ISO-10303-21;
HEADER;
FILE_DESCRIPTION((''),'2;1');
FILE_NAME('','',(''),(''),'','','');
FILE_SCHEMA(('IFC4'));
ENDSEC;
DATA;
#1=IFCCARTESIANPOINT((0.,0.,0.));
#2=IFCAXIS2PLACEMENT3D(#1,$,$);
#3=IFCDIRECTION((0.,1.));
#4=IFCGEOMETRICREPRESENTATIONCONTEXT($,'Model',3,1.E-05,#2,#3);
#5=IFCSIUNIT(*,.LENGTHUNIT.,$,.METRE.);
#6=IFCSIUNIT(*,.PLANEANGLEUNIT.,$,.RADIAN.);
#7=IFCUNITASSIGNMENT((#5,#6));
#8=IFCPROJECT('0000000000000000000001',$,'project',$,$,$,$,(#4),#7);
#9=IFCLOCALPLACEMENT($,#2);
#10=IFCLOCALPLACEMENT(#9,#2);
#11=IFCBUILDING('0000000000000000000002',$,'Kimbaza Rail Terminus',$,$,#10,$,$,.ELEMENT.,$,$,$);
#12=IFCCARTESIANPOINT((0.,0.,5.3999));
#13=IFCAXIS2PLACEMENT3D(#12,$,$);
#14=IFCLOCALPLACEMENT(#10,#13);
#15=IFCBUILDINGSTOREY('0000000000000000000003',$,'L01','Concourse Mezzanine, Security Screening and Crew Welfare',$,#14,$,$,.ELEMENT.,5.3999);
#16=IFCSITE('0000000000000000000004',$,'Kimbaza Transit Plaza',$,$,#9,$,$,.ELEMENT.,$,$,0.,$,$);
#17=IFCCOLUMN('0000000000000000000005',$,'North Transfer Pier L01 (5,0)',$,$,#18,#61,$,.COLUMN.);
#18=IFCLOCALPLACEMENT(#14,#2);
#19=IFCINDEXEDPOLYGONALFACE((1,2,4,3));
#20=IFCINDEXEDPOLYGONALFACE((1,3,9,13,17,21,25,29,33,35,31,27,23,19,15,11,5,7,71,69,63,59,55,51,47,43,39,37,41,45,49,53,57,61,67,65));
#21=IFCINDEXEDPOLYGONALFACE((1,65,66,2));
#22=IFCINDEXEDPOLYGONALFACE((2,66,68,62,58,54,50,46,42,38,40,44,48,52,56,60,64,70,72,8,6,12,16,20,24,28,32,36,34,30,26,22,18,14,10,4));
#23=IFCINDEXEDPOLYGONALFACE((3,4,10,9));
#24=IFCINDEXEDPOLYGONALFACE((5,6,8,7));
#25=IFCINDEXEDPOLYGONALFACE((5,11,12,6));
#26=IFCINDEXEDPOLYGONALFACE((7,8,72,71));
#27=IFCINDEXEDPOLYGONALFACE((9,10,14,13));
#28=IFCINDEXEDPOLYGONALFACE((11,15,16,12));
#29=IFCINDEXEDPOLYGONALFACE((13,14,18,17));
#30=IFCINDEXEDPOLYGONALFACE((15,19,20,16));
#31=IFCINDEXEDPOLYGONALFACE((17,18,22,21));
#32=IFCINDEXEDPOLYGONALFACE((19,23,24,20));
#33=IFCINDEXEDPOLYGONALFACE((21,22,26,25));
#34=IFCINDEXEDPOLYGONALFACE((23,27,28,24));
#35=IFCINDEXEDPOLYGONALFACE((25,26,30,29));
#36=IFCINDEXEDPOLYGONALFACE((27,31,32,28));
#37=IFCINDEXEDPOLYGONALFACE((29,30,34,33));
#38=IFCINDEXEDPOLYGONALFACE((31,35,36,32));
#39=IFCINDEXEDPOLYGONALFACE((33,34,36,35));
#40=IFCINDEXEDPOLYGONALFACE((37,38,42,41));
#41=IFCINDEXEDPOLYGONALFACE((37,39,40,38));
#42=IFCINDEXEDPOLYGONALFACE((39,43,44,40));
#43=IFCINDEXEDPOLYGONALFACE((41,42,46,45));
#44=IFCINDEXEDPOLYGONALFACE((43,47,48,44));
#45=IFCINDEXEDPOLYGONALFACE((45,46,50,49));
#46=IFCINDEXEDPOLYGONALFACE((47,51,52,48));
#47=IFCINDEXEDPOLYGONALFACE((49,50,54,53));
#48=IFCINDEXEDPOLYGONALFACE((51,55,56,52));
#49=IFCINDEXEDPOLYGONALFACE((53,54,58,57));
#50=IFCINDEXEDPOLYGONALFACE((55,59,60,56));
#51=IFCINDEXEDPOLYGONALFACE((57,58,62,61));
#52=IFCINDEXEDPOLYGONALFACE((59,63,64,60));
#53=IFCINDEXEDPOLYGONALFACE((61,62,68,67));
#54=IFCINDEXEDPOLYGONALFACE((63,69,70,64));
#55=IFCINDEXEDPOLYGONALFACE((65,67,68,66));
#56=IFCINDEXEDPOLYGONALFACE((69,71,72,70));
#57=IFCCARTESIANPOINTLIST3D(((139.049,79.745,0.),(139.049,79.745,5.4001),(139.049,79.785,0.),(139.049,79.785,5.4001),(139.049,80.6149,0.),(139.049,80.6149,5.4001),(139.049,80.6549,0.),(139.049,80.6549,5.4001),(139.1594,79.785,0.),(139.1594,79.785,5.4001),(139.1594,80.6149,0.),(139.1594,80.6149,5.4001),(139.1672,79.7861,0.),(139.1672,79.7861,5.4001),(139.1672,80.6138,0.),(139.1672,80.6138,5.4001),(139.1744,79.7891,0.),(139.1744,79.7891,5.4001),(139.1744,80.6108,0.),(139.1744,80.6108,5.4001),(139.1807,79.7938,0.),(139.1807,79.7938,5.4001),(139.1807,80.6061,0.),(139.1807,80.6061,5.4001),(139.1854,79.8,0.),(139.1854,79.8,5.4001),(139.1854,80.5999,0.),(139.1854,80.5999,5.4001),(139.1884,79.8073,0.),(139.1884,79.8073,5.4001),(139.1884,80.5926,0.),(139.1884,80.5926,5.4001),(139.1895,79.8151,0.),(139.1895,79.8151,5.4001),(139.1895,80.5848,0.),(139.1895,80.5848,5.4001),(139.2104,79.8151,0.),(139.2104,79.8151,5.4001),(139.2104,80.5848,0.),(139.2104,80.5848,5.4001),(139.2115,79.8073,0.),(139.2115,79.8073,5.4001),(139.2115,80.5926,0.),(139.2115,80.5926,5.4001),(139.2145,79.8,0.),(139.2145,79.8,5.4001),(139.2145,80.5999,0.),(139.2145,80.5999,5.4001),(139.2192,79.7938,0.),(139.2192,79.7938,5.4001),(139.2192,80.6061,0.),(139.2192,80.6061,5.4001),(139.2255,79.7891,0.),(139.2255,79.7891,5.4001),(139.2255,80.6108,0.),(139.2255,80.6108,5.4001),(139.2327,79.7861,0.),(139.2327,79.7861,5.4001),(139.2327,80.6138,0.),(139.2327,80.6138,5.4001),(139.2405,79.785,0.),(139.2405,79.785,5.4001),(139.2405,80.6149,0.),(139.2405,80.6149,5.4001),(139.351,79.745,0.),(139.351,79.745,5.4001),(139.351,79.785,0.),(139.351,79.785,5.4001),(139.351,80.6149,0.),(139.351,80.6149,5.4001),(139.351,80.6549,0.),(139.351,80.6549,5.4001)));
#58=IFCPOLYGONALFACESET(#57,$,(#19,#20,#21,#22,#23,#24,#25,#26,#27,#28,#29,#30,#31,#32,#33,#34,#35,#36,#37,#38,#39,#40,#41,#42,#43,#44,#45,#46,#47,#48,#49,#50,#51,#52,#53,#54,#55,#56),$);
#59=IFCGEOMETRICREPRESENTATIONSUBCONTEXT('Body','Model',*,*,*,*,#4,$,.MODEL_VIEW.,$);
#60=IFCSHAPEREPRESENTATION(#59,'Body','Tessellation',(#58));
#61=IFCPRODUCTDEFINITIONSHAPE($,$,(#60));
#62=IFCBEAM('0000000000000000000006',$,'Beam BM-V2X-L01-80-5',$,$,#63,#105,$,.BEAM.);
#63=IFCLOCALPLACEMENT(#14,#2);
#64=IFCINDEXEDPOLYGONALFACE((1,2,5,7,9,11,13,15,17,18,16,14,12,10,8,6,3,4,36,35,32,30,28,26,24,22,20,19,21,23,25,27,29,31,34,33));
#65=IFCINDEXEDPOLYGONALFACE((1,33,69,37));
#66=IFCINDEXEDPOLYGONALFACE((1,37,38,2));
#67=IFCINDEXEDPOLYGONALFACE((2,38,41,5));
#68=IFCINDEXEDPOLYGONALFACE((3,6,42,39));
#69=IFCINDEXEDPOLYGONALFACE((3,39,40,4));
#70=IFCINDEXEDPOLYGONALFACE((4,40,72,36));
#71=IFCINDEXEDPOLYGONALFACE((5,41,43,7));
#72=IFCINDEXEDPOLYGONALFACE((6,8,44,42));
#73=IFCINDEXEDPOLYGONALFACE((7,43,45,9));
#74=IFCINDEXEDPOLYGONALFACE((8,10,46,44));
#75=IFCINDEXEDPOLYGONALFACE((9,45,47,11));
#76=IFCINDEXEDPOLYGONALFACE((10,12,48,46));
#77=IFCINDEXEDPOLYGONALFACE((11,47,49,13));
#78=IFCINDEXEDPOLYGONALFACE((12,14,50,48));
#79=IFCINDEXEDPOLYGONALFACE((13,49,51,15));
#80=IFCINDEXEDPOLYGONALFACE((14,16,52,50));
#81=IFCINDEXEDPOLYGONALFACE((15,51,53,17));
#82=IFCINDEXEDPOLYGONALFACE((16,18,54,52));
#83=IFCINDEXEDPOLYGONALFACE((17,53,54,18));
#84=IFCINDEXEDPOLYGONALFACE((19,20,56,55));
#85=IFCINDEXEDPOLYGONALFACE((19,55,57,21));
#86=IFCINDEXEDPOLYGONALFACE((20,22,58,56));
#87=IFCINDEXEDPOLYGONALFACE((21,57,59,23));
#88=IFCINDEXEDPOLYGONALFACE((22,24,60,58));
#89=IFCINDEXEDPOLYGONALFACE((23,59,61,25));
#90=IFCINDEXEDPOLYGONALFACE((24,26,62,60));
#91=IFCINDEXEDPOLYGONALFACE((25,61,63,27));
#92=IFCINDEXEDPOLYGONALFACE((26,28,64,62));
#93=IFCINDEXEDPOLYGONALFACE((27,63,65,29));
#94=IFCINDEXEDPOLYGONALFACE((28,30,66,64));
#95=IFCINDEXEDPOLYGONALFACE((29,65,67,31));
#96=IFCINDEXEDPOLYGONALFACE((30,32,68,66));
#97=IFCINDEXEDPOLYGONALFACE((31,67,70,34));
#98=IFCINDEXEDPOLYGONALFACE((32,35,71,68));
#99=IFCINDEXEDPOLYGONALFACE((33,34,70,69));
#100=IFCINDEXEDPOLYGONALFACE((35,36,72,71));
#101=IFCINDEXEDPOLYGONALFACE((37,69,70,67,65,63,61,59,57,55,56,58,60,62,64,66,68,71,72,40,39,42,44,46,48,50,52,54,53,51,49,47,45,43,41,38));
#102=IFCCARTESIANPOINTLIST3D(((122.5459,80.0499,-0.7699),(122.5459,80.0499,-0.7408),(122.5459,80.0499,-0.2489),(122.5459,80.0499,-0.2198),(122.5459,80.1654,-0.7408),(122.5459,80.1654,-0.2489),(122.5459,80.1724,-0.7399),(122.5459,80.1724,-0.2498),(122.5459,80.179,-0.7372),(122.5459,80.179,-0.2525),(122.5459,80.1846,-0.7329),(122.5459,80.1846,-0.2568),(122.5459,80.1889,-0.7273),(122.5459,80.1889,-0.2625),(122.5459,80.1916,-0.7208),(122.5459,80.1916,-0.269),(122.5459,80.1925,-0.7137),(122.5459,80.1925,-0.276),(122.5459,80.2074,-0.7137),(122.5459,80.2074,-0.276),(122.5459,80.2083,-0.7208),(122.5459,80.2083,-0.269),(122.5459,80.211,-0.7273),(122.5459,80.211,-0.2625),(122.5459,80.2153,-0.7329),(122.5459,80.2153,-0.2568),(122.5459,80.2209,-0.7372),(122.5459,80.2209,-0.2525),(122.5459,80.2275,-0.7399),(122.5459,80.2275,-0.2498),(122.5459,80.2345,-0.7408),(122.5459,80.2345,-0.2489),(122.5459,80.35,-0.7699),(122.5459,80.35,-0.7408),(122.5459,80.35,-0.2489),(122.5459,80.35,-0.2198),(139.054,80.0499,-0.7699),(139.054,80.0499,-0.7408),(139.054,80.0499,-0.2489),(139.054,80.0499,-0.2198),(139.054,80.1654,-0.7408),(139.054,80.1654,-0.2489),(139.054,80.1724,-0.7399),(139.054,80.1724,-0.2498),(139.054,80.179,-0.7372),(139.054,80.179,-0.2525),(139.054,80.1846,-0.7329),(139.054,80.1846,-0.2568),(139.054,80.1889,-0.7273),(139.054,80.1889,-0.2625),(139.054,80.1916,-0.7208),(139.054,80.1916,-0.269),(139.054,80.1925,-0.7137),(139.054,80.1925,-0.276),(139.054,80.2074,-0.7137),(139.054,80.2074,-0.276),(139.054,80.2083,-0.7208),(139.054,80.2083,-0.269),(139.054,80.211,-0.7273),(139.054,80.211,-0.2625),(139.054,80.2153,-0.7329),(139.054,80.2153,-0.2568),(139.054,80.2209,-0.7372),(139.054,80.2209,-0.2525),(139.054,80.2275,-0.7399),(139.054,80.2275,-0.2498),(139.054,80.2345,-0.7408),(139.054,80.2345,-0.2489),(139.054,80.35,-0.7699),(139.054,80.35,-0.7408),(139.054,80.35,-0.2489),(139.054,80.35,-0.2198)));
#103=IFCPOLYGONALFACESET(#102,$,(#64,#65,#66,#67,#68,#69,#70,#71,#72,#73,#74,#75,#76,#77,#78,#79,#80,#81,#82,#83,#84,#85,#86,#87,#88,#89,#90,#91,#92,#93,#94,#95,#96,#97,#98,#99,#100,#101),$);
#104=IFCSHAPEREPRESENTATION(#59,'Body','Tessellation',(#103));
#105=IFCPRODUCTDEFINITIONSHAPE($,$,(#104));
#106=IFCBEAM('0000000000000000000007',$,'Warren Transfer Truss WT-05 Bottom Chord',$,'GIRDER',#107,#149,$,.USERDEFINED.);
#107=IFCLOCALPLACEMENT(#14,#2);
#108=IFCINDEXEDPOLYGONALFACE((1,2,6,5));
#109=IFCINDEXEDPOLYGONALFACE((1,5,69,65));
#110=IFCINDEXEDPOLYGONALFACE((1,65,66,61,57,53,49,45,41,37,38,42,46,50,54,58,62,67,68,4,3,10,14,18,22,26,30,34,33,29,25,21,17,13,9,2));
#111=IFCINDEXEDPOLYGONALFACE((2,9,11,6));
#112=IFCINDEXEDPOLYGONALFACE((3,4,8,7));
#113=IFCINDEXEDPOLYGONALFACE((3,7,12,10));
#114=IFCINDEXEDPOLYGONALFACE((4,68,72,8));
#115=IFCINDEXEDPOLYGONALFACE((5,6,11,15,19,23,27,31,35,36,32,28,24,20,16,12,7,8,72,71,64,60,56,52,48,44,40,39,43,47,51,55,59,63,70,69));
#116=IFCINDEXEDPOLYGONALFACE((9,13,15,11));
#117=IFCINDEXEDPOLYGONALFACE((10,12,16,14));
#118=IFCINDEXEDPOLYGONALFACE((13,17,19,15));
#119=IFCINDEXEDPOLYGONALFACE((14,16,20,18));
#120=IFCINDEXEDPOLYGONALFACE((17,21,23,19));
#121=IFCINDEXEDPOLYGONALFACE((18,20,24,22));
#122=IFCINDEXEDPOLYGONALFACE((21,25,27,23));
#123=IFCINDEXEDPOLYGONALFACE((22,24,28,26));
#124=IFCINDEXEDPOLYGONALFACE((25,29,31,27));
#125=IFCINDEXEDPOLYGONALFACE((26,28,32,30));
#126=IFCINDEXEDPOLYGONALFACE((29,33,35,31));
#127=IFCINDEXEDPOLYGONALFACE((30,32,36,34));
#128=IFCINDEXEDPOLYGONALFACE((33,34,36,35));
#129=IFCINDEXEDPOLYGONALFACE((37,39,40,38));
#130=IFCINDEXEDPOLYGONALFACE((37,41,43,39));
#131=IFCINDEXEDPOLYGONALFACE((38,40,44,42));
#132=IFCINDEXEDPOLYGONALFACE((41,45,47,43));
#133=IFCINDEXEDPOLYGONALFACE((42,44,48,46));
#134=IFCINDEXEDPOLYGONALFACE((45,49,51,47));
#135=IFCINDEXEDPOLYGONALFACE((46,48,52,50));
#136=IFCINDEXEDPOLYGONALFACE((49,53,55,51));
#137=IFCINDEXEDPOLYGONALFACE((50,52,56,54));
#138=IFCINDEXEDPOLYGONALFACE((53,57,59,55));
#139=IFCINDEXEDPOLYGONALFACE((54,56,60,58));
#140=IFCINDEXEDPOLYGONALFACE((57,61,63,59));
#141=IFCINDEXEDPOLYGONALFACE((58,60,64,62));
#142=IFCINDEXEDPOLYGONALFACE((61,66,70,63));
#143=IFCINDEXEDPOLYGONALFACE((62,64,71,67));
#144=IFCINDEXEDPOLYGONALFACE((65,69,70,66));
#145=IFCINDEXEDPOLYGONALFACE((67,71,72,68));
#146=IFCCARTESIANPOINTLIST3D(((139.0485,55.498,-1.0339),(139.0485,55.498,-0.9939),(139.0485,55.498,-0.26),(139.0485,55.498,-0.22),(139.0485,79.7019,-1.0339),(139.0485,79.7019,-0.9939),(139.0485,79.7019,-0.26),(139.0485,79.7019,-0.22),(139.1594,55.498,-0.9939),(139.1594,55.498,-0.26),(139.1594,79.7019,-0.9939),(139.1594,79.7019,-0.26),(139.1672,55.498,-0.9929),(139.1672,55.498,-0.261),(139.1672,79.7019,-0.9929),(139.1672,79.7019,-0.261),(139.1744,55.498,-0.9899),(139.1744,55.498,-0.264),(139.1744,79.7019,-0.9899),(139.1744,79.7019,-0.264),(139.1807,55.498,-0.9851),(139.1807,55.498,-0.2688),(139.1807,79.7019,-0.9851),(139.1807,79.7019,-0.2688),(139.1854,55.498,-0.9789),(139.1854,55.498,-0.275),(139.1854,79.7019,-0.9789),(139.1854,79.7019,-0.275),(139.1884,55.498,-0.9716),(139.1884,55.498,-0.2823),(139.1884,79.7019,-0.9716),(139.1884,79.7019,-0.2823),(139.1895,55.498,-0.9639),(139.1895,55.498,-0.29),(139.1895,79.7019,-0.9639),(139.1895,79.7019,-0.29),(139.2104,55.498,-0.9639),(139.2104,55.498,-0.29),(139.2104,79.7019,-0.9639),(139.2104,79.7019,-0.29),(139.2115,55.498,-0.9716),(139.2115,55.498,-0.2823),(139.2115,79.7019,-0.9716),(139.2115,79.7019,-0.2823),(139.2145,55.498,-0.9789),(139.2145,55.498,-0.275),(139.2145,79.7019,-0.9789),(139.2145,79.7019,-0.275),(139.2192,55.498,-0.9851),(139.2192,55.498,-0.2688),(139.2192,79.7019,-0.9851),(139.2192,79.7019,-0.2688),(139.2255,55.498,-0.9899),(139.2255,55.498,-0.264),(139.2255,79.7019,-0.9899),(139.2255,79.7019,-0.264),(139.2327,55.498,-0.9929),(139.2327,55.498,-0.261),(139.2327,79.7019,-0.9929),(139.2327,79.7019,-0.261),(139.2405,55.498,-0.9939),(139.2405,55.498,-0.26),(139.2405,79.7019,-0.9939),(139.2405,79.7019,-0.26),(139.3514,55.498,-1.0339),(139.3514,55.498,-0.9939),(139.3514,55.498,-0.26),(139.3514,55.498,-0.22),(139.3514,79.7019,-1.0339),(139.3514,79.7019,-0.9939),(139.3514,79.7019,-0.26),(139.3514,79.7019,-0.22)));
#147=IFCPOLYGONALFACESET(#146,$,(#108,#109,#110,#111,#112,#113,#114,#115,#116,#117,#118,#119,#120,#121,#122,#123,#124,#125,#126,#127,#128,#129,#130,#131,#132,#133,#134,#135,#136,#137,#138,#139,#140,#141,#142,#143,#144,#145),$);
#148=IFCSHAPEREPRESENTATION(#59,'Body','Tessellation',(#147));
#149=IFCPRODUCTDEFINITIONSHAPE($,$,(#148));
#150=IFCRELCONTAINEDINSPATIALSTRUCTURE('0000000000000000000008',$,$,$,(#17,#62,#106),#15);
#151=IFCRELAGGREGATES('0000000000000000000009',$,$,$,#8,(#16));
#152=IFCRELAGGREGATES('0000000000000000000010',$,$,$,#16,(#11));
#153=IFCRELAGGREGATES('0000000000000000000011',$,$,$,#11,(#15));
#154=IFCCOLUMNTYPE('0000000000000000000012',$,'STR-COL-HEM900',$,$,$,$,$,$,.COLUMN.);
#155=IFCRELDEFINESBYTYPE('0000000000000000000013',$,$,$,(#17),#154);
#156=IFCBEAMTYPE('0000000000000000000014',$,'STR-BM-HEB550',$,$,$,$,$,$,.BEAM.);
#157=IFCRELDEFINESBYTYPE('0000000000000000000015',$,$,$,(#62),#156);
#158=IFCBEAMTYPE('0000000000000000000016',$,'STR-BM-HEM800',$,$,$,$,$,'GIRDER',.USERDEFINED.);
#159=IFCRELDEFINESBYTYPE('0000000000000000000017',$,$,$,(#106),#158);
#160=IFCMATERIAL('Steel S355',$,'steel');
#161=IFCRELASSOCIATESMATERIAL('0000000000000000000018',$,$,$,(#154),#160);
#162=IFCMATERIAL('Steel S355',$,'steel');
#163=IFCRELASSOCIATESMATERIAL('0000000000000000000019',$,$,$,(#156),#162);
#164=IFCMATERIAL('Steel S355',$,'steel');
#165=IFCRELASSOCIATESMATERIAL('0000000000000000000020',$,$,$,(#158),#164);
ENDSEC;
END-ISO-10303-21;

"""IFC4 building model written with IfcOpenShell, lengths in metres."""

from ifc_helpers import new_model, si_unit, direction, frame, origin, origin_2d, place, context, subcontext, project, spatial, i_section, extrude, material, material_profile, profile_set, type_object, element, save


model = new_model("IFC4")

# Units and contexts
model_context = context("Model", 3, precision=1e-05, world=origin(), true_north=direction((0.0, 1.0)))
body_context = subcontext(model_context, "Body", "Model", "MODEL_VIEW")
ifc_project = project(units=[si_unit("LENGTHUNIT", "METRE"), si_unit("PLANEANGLEUNIT", "RADIAN")], contexts=[model_context])

# Site, building, storey
site_placement = place(None, origin())
site = spatial("IfcSite", under=ifc_project, at=site_placement, Name="Kimbaza Transit Plaza", CompositionType="ELEMENT", RefElevation=0.0)
building_placement = place(site_placement, origin())
building = spatial("IfcBuilding", under=site, at=building_placement, Name="Kimbaza Rail Terminus", CompositionType="ELEMENT")
storey_placement = place(building_placement, frame((0.0, 0.0, 5.3999)))
storey = spatial("IfcBuildingStorey", under=building, at=storey_placement, Name="L01", Description="Concourse Mezzanine, Security Screening and Crew Welfare", CompositionType="ELEMENT", Elevation=5.3999)

# Column
ifc_material_1 = material(Name="Steel S355", Category="steel")
ifc_material_profile_1 = material_profile(ifc_material_1, i_section(OverallWidth=0.302, OverallDepth=0.9099, WebThickness=0.021, FlangeThickness=0.04, FilletRadius=0.03, at=origin_2d()), Name="HEM 900")
ifc_profile_set_1 = profile_set([ifc_material_profile_1], Name="Steel S355")
column_type = type_object("IfcColumnType", Name="STR-COL-HEM900", PredefinedType="COLUMN", material=ifc_profile_set_1)
column_placement = place(storey_placement, frame((139.2, 80.2, 0.0), z_axis=(0.0, 0.0, 1.0), x_axis=(1.0, 0.0, 0.0)))
element("IfcColumn", 1, at=column_placement, inside=storey, type_object=column_type, Name="North Transfer Pier L01 (5,0)", PredefinedType="COLUMN", context=body_context, shape_type="SweptSolid", body=[
    extrude(i_section(OverallWidth=0.302, OverallDepth=0.9099, WebThickness=0.021, FlangeThickness=0.04, FilletRadius=0.03, at=origin_2d()), origin(), (0.0, 0.0, 1.0), 5.4001),
])

# Beams
ifc_material_2 = material(Name="Steel S355", Category="steel")
ifc_material_profile_2 = material_profile(ifc_material_2, i_section(OverallWidth=0.3, OverallDepth=0.55, WebThickness=0.0149, FlangeThickness=0.0291, FilletRadius=0.0271, at=origin_2d()), Name="HEB 550")
ifc_profile_set_2 = profile_set([ifc_material_profile_2], Name="Steel S355")
beam_type_1 = type_object("IfcBeamType", Name="STR-BM-HEB550", PredefinedType="BEAM", material=ifc_profile_set_2)
beam_1_placement = place(storey_placement, frame((122.5459, 80.2, -0.4949), z_axis=(1.0, 0.0, 0.0), x_axis=(0.0, 1.0, 0.0)))
element("IfcBeam", 2, at=beam_1_placement, inside=storey, type_object=beam_type_1, Name="Beam BM-V2X-L01-80-5", PredefinedType="BEAM", context=body_context, shape_type="SweptSolid", body=[
    extrude(i_section(OverallWidth=0.3, OverallDepth=0.55, WebThickness=0.0149, FlangeThickness=0.0291, FilletRadius=0.0271, at=origin_2d()), origin(), (0.0, 0.0, 1.0), 16.5081),
])
ifc_material_3 = material(Name="Steel S355", Category="steel")
ifc_material_profile_3 = material_profile(ifc_material_3, i_section(OverallWidth=0.303, OverallDepth=0.814, WebThickness=0.021, FlangeThickness=0.04, FilletRadius=0.03, at=origin_2d()), Name="HEM 800")
ifc_profile_set_3 = profile_set([ifc_material_profile_3], Name="Steel S355")
beam_type_2 = type_object("IfcBeamType", Name="STR-BM-HEM800", ElementType="GIRDER", PredefinedType="USERDEFINED", material=ifc_profile_set_3)
beam_2_placement = place(storey_placement, frame((139.2, 55.498, -0.627), z_axis=(0.0, 1.0, 0.0), x_axis=(-1.0, 0.0, 0.0)))
element("IfcBeam", 3, at=beam_2_placement, inside=storey, type_object=beam_type_2, Name="Warren Transfer Truss WT-05 Bottom Chord", ObjectType="GIRDER", PredefinedType="USERDEFINED", context=body_context, shape_type="SweptSolid", body=[
    extrude(i_section(OverallWidth=0.303, OverallDepth=0.814, WebThickness=0.021, FlangeThickness=0.04, FilletRadius=0.03, at=origin_2d()), origin(), (0.0, 0.0, 1.0), 24.2039),
])

save(model, "model.ifc")
